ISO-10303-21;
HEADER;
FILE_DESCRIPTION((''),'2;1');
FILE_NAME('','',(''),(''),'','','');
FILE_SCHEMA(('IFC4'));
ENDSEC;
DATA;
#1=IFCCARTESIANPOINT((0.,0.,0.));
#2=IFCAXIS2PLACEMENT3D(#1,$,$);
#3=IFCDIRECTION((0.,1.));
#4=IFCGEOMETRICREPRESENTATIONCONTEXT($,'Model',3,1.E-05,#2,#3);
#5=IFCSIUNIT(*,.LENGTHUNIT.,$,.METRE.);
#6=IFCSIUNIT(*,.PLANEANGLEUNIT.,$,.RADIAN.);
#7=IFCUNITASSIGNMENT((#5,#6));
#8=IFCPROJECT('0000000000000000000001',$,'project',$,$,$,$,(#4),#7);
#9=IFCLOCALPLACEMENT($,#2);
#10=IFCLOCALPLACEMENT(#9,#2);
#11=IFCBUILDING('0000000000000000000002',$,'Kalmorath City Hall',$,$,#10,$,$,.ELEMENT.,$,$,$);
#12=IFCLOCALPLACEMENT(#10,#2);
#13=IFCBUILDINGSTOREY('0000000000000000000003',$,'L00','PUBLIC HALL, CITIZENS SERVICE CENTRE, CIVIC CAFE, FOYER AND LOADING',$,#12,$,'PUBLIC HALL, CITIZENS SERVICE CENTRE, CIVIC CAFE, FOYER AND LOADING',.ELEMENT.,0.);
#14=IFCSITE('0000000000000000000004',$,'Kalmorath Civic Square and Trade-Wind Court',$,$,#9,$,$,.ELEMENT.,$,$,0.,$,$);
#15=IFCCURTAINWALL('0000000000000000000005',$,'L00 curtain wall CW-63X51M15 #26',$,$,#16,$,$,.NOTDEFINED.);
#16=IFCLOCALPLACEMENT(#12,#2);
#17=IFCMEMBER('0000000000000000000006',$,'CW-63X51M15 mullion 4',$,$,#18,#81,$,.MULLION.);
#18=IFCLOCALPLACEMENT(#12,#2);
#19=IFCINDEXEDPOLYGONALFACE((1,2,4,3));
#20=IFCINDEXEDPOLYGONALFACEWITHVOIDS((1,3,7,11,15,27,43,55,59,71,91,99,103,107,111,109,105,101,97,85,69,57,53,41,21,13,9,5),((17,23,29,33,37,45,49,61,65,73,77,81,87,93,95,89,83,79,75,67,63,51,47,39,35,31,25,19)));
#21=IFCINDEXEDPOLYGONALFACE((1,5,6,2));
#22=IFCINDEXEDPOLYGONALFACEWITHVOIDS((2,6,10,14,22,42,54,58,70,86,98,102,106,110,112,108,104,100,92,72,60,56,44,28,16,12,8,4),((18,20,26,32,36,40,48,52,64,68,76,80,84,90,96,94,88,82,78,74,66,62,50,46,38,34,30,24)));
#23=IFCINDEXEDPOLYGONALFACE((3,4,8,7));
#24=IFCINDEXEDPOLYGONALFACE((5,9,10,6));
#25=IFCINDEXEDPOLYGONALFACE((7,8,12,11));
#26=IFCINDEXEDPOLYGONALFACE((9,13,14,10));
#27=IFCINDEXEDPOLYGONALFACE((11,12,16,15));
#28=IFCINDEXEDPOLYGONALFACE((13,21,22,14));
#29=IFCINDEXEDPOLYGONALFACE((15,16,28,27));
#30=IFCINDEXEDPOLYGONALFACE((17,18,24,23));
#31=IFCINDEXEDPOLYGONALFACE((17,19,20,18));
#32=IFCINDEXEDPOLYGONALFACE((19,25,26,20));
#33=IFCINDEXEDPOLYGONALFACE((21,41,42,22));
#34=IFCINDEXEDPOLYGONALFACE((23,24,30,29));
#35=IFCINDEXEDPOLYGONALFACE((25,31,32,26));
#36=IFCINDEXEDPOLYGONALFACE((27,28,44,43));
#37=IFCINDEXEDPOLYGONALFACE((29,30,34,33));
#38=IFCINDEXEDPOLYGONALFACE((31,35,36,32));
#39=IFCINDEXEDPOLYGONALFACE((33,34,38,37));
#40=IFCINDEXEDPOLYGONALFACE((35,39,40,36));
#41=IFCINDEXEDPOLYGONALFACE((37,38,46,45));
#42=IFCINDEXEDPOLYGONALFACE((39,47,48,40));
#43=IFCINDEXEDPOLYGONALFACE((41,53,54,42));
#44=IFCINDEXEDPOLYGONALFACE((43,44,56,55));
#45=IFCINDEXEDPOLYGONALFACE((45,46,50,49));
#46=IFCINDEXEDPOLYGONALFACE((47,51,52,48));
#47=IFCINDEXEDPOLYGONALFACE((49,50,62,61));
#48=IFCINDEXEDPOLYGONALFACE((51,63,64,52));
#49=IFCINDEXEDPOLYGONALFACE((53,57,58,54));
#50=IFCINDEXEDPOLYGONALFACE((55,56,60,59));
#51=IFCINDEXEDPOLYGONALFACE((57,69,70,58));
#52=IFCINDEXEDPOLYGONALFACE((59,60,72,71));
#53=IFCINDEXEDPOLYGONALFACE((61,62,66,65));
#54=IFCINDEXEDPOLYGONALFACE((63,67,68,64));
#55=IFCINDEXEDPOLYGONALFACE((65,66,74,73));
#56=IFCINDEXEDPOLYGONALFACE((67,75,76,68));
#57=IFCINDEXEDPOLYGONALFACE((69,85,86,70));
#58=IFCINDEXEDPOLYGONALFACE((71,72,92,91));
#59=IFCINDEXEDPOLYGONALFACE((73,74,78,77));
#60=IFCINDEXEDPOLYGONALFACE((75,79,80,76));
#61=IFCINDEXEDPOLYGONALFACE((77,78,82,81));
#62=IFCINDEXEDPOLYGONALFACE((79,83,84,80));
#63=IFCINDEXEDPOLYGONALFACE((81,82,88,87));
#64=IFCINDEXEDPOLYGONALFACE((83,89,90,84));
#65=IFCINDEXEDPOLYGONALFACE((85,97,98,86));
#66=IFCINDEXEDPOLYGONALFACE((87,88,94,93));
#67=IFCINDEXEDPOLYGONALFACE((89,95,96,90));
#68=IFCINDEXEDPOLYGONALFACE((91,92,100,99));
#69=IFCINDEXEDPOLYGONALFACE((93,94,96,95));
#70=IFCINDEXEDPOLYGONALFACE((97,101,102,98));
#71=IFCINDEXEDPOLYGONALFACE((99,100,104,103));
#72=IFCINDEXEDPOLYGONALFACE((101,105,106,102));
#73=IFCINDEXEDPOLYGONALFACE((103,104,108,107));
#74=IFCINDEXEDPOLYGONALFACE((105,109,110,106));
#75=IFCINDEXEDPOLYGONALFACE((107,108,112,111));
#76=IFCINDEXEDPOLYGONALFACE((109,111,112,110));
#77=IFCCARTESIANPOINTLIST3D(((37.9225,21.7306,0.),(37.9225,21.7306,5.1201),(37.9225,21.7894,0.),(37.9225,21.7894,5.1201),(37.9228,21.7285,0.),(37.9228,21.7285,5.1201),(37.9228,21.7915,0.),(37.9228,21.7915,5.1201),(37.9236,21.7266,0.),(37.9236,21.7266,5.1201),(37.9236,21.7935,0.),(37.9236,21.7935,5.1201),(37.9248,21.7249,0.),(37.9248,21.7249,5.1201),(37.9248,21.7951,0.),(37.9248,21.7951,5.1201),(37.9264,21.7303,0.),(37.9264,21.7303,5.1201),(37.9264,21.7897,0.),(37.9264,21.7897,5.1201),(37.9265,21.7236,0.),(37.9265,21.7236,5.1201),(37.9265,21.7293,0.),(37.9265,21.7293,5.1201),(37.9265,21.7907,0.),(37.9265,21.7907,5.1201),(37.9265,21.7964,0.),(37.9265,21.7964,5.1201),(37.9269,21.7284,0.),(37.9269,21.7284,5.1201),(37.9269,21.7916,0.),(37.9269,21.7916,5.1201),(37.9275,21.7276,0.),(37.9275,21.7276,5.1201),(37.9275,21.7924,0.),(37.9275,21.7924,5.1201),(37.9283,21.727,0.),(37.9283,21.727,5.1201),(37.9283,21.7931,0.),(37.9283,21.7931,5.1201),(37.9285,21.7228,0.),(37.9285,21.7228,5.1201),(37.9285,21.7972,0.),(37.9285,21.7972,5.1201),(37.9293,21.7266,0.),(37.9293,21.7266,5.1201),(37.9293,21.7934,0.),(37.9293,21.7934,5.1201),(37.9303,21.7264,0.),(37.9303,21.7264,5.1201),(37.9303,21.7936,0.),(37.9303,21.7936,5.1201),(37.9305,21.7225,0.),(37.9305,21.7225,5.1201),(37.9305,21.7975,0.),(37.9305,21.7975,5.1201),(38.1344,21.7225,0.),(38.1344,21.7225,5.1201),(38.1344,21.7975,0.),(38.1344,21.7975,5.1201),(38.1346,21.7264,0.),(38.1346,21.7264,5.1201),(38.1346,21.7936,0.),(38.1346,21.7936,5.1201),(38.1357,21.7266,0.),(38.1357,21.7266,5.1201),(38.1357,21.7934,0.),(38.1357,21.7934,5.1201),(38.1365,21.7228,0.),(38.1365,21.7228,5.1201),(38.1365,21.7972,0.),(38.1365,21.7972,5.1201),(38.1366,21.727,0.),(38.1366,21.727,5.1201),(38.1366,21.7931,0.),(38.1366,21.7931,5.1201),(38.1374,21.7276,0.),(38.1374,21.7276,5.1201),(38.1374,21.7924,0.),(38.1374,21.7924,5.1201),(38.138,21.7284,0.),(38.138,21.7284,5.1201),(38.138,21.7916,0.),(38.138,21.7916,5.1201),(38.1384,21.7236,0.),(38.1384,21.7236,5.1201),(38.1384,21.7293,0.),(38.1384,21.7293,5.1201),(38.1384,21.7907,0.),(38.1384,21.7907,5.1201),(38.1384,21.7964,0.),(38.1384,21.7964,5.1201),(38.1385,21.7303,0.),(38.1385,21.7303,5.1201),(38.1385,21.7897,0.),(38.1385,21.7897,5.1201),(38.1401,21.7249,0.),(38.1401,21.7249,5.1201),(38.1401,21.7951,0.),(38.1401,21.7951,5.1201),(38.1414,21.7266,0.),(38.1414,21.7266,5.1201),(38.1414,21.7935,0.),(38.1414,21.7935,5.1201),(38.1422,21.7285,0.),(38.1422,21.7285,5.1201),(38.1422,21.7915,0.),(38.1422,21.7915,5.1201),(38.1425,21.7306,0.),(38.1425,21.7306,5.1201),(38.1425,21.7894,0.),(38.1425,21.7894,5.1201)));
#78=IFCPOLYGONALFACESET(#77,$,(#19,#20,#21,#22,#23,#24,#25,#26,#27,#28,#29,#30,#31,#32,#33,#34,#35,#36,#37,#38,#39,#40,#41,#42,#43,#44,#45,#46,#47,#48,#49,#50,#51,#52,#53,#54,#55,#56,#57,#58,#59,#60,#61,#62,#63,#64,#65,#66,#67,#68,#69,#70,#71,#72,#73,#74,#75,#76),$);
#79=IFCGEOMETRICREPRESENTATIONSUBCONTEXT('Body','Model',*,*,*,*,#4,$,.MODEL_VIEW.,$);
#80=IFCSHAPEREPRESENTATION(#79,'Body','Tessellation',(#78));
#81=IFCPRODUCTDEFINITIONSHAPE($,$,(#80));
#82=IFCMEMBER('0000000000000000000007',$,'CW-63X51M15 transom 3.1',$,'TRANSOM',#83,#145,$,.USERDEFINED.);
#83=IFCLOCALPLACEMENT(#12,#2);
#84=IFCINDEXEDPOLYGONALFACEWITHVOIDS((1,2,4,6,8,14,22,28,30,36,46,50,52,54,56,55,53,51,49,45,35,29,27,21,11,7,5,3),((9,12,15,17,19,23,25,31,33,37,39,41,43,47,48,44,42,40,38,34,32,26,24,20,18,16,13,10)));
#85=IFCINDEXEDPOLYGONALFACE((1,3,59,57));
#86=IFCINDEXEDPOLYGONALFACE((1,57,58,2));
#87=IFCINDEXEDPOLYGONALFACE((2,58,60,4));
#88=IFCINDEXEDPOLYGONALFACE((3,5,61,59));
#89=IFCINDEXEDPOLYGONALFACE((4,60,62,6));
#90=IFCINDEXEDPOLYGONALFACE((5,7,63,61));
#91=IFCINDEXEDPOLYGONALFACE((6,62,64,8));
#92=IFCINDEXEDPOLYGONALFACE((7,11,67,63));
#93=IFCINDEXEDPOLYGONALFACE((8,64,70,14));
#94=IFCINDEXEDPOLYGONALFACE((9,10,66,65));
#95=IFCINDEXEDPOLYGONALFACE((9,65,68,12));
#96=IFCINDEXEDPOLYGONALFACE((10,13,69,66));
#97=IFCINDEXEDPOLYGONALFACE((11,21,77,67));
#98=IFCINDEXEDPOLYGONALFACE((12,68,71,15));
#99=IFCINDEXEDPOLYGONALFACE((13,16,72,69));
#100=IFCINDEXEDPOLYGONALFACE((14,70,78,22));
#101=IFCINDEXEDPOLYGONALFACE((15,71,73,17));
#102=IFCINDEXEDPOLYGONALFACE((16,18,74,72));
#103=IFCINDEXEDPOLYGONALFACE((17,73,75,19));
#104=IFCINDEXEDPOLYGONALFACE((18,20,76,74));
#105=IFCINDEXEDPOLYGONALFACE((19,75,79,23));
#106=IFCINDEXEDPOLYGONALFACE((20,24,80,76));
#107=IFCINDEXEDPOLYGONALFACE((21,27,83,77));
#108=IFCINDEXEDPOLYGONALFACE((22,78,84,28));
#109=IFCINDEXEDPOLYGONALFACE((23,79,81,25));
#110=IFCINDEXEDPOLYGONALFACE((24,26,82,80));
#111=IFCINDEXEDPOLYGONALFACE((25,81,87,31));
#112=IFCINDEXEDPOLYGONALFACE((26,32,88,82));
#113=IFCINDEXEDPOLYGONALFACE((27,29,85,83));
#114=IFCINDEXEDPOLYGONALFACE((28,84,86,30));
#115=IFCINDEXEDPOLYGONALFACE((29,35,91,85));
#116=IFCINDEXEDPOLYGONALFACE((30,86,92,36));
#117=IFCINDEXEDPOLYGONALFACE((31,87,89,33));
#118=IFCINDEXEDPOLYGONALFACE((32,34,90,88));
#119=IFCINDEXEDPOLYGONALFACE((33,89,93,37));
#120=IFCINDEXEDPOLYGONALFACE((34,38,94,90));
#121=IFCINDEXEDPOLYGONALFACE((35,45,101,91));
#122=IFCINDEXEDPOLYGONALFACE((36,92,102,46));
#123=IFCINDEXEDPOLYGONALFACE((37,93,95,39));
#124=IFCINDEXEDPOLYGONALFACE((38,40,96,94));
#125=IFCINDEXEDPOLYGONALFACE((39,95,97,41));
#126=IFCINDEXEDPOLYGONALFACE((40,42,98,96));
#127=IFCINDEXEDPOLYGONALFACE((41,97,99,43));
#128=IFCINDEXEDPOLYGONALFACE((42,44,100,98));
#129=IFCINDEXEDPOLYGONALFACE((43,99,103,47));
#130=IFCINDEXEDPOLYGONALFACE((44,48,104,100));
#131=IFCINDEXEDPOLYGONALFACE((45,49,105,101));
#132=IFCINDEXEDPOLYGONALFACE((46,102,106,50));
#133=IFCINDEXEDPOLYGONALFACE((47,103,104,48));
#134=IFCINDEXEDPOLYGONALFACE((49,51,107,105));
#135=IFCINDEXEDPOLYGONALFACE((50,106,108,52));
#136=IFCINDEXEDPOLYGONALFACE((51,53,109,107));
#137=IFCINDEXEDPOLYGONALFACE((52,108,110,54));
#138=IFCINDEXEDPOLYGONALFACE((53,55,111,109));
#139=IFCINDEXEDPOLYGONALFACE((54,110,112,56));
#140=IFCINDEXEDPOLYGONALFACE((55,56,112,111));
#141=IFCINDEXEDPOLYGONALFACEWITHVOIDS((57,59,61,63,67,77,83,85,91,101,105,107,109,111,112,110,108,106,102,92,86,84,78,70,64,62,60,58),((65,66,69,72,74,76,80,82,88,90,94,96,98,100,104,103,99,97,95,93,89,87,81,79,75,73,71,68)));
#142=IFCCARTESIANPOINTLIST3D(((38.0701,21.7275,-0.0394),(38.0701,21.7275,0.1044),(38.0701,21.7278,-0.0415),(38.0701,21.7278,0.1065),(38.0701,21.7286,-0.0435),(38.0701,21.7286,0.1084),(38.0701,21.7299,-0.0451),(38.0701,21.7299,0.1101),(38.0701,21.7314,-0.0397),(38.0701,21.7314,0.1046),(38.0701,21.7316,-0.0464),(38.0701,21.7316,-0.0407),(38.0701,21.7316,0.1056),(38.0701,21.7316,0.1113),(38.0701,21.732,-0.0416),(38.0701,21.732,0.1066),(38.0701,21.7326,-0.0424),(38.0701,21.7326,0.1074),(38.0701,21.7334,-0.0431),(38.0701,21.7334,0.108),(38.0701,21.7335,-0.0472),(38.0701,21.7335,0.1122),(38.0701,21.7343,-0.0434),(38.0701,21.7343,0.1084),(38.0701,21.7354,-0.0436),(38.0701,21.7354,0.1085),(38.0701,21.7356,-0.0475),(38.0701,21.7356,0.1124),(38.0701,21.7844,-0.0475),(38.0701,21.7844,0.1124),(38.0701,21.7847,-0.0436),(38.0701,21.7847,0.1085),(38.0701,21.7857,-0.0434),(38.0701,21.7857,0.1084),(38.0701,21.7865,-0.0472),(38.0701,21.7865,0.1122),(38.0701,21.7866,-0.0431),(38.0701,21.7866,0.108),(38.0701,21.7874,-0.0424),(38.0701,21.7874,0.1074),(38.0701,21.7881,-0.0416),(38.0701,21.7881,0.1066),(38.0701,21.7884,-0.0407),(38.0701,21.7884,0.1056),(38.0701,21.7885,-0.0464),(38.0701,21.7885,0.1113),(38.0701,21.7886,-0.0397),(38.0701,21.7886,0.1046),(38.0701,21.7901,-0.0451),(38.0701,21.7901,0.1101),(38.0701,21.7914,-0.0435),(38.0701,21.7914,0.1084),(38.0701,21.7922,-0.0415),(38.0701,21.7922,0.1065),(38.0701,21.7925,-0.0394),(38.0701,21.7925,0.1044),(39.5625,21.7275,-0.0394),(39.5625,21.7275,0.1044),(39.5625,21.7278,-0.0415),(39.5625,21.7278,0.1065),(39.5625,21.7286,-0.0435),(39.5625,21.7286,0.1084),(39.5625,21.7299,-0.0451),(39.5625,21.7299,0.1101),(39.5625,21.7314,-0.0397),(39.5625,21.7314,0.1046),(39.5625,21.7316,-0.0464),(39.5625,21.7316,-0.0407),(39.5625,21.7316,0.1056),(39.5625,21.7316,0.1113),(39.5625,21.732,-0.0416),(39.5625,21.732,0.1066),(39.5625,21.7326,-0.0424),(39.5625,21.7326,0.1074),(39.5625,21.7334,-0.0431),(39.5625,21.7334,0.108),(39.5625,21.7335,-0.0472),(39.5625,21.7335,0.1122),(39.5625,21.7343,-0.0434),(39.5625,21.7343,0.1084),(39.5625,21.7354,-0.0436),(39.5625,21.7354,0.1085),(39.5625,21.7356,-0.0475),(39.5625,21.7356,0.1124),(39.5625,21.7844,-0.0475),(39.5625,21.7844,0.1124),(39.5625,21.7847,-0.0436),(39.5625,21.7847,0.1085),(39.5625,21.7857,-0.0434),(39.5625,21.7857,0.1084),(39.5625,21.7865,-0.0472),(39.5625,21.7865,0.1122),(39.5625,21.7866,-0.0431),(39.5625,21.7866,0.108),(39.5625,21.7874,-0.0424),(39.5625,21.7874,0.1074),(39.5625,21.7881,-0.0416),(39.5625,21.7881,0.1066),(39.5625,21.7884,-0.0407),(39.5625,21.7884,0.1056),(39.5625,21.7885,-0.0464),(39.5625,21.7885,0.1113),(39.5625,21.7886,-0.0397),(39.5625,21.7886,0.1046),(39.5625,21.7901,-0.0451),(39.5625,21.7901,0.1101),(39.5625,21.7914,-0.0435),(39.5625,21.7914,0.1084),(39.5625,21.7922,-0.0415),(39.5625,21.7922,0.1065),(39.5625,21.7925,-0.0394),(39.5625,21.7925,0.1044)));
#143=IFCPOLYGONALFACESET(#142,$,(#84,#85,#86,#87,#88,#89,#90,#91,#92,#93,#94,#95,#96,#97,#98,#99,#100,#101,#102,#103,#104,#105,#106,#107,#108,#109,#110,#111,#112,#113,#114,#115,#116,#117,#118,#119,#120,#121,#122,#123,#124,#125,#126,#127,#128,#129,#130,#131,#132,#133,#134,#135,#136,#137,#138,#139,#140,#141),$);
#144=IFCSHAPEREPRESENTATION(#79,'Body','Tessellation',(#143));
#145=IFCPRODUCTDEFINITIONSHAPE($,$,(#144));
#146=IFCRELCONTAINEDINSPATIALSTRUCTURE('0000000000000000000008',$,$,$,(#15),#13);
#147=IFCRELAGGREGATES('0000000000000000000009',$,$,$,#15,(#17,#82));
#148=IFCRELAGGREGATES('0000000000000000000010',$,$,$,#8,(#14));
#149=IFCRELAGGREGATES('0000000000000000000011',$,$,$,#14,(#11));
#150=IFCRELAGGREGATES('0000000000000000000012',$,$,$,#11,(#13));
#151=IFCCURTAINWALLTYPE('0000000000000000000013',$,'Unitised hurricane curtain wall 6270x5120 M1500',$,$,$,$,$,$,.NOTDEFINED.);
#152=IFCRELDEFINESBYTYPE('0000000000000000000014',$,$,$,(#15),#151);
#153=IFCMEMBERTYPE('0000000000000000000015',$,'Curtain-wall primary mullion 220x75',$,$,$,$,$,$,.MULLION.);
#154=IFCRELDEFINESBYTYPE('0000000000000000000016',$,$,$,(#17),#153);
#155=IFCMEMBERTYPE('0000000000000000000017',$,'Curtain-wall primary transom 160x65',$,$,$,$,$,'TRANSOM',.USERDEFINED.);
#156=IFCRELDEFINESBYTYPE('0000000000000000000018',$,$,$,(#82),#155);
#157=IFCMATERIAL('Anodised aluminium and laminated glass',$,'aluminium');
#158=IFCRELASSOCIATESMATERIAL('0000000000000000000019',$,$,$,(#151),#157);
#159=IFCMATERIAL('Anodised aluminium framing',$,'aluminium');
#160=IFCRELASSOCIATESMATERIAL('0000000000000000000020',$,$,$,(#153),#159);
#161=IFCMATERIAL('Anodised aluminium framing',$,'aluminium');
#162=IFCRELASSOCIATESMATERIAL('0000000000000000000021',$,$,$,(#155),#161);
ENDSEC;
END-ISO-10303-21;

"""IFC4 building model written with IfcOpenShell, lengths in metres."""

from ifc_helpers import new_model, si_unit, direction, frame, origin, origin_2d, place, context, subcontext, project, spatial, hollow_rectangle, extrude, material, material_profile, profile_set, type_object, element, aggregate, save


model = new_model("IFC4")

# Units and contexts
model_context = context("Model", 3, precision=1e-05, world=origin(), true_north=direction((0.0, 1.0)))
body_context = subcontext(model_context, "Body", "Model", "MODEL_VIEW")
ifc_project = project(units=[si_unit("LENGTHUNIT", "METRE"), si_unit("PLANEANGLEUNIT", "RADIAN")], contexts=[model_context])

# Site, building, storey
site_placement = place(None, origin())
site = spatial("IfcSite", under=ifc_project, at=site_placement, Name="Kalmorath Civic Square and Trade-Wind Court", CompositionType="ELEMENT", RefElevation=0.0)
building_placement = place(site_placement, origin())
building = spatial("IfcBuilding", under=site, at=building_placement, Name="Kalmorath City Hall", CompositionType="ELEMENT")
storey_placement = place(building_placement, origin())
storey = spatial("IfcBuildingStorey", under=building, at=storey_placement, Name="L00", Description="PUBLIC HALL, CITIZENS SERVICE CENTRE, CIVIC CAFE, FOYER AND LOADING", LongName="PUBLIC HALL, CITIZENS SERVICE CENTRE, CIVIC CAFE, FOYER AND LOADING", CompositionType="ELEMENT", Elevation=0.0)

# Curtain wall, members
ifc_material_1 = material(Name="Anodised aluminium and laminated glass", Category="aluminium")
curtain_wall_type = type_object("IfcCurtainWallType", Name="Unitised hurricane curtain wall 6270x5120 M1500", PredefinedType="NOTDEFINED", material=ifc_material_1)
curtain_wall_placement = place(storey_placement, origin())
curtain_wall = element("IfcCurtainWall", 1, at=curtain_wall_placement, inside=storey, type_object=curtain_wall_type, Name="L00 curtain wall CW-63X51M15 #26", PredefinedType="NOTDEFINED")
ifc_material_2 = material(Name="Anodised aluminium framing", Category="aluminium")
ifc_material_profile_1 = material_profile(ifc_material_2, hollow_rectangle(XDim=0.075, YDim=0.22, WallThickness=0.0039, InnerFilletRadius=0.0039, OuterFilletRadius=0.0081, at=origin_2d()), Name="ALU-MUL-220X75X4")
ifc_profile_set_1 = profile_set([ifc_material_profile_1], Name="Anodised aluminium framing")
member_type_1 = type_object("IfcMemberType", Name="Curtain-wall primary mullion 220x75", PredefinedType="MULLION", material=ifc_profile_set_1)
member_1_placement = place(storey_placement, frame((38.0325, 21.76, 0.0), z_axis=(0.0, 0.0, 1.0), x_axis=(0.0, -1.0, 0.0)))
member_1 = element("IfcMember", 2, at=member_1_placement, type_object=member_type_1, Name="CW-63X51M15 mullion 4", PredefinedType="MULLION", context=body_context, shape_type="SweptSolid", body=[
    extrude(hollow_rectangle(XDim=0.075, YDim=0.22, WallThickness=0.0039, InnerFilletRadius=0.0039, OuterFilletRadius=0.0081, at=origin_2d()), origin(), (0.0, 0.0, 1.0), 5.1201),
])
ifc_material_3 = material(Name="Anodised aluminium framing", Category="aluminium")
ifc_material_profile_2 = material_profile(ifc_material_3, hollow_rectangle(XDim=0.0649, YDim=0.1599, WallThickness=0.0039, InnerFilletRadius=0.0039, OuterFilletRadius=0.0081, at=origin_2d()), Name="ALU-TRN-160X65X4")
ifc_profile_set_2 = profile_set([ifc_material_profile_2], Name="Anodised aluminium framing")
member_type_2 = type_object("IfcMemberType", Name="Curtain-wall primary transom 160x65", ElementType="TRANSOM", PredefinedType="USERDEFINED", material=ifc_profile_set_2)
member_2_placement = place(storey_placement, frame((39.5625, 21.76, 0.0325), z_axis=(-1.0, 0.0, 0.0), x_axis=(0.0, -1.0, 0.0)))
member_2 = element("IfcMember", 3, at=member_2_placement, type_object=member_type_2, Name="CW-63X51M15 transom 3.1", ObjectType="TRANSOM", PredefinedType="USERDEFINED", context=body_context, shape_type="SweptSolid", body=[
    extrude(hollow_rectangle(XDim=0.0649, YDim=0.1599, WallThickness=0.0039, InnerFilletRadius=0.0039, OuterFilletRadius=0.0081, at=origin_2d()), origin(), (0.0, 0.0, 1.0), 1.4924),
])

aggregate(curtain_wall, [member_1, member_2])

save(model, "model.ifc")
